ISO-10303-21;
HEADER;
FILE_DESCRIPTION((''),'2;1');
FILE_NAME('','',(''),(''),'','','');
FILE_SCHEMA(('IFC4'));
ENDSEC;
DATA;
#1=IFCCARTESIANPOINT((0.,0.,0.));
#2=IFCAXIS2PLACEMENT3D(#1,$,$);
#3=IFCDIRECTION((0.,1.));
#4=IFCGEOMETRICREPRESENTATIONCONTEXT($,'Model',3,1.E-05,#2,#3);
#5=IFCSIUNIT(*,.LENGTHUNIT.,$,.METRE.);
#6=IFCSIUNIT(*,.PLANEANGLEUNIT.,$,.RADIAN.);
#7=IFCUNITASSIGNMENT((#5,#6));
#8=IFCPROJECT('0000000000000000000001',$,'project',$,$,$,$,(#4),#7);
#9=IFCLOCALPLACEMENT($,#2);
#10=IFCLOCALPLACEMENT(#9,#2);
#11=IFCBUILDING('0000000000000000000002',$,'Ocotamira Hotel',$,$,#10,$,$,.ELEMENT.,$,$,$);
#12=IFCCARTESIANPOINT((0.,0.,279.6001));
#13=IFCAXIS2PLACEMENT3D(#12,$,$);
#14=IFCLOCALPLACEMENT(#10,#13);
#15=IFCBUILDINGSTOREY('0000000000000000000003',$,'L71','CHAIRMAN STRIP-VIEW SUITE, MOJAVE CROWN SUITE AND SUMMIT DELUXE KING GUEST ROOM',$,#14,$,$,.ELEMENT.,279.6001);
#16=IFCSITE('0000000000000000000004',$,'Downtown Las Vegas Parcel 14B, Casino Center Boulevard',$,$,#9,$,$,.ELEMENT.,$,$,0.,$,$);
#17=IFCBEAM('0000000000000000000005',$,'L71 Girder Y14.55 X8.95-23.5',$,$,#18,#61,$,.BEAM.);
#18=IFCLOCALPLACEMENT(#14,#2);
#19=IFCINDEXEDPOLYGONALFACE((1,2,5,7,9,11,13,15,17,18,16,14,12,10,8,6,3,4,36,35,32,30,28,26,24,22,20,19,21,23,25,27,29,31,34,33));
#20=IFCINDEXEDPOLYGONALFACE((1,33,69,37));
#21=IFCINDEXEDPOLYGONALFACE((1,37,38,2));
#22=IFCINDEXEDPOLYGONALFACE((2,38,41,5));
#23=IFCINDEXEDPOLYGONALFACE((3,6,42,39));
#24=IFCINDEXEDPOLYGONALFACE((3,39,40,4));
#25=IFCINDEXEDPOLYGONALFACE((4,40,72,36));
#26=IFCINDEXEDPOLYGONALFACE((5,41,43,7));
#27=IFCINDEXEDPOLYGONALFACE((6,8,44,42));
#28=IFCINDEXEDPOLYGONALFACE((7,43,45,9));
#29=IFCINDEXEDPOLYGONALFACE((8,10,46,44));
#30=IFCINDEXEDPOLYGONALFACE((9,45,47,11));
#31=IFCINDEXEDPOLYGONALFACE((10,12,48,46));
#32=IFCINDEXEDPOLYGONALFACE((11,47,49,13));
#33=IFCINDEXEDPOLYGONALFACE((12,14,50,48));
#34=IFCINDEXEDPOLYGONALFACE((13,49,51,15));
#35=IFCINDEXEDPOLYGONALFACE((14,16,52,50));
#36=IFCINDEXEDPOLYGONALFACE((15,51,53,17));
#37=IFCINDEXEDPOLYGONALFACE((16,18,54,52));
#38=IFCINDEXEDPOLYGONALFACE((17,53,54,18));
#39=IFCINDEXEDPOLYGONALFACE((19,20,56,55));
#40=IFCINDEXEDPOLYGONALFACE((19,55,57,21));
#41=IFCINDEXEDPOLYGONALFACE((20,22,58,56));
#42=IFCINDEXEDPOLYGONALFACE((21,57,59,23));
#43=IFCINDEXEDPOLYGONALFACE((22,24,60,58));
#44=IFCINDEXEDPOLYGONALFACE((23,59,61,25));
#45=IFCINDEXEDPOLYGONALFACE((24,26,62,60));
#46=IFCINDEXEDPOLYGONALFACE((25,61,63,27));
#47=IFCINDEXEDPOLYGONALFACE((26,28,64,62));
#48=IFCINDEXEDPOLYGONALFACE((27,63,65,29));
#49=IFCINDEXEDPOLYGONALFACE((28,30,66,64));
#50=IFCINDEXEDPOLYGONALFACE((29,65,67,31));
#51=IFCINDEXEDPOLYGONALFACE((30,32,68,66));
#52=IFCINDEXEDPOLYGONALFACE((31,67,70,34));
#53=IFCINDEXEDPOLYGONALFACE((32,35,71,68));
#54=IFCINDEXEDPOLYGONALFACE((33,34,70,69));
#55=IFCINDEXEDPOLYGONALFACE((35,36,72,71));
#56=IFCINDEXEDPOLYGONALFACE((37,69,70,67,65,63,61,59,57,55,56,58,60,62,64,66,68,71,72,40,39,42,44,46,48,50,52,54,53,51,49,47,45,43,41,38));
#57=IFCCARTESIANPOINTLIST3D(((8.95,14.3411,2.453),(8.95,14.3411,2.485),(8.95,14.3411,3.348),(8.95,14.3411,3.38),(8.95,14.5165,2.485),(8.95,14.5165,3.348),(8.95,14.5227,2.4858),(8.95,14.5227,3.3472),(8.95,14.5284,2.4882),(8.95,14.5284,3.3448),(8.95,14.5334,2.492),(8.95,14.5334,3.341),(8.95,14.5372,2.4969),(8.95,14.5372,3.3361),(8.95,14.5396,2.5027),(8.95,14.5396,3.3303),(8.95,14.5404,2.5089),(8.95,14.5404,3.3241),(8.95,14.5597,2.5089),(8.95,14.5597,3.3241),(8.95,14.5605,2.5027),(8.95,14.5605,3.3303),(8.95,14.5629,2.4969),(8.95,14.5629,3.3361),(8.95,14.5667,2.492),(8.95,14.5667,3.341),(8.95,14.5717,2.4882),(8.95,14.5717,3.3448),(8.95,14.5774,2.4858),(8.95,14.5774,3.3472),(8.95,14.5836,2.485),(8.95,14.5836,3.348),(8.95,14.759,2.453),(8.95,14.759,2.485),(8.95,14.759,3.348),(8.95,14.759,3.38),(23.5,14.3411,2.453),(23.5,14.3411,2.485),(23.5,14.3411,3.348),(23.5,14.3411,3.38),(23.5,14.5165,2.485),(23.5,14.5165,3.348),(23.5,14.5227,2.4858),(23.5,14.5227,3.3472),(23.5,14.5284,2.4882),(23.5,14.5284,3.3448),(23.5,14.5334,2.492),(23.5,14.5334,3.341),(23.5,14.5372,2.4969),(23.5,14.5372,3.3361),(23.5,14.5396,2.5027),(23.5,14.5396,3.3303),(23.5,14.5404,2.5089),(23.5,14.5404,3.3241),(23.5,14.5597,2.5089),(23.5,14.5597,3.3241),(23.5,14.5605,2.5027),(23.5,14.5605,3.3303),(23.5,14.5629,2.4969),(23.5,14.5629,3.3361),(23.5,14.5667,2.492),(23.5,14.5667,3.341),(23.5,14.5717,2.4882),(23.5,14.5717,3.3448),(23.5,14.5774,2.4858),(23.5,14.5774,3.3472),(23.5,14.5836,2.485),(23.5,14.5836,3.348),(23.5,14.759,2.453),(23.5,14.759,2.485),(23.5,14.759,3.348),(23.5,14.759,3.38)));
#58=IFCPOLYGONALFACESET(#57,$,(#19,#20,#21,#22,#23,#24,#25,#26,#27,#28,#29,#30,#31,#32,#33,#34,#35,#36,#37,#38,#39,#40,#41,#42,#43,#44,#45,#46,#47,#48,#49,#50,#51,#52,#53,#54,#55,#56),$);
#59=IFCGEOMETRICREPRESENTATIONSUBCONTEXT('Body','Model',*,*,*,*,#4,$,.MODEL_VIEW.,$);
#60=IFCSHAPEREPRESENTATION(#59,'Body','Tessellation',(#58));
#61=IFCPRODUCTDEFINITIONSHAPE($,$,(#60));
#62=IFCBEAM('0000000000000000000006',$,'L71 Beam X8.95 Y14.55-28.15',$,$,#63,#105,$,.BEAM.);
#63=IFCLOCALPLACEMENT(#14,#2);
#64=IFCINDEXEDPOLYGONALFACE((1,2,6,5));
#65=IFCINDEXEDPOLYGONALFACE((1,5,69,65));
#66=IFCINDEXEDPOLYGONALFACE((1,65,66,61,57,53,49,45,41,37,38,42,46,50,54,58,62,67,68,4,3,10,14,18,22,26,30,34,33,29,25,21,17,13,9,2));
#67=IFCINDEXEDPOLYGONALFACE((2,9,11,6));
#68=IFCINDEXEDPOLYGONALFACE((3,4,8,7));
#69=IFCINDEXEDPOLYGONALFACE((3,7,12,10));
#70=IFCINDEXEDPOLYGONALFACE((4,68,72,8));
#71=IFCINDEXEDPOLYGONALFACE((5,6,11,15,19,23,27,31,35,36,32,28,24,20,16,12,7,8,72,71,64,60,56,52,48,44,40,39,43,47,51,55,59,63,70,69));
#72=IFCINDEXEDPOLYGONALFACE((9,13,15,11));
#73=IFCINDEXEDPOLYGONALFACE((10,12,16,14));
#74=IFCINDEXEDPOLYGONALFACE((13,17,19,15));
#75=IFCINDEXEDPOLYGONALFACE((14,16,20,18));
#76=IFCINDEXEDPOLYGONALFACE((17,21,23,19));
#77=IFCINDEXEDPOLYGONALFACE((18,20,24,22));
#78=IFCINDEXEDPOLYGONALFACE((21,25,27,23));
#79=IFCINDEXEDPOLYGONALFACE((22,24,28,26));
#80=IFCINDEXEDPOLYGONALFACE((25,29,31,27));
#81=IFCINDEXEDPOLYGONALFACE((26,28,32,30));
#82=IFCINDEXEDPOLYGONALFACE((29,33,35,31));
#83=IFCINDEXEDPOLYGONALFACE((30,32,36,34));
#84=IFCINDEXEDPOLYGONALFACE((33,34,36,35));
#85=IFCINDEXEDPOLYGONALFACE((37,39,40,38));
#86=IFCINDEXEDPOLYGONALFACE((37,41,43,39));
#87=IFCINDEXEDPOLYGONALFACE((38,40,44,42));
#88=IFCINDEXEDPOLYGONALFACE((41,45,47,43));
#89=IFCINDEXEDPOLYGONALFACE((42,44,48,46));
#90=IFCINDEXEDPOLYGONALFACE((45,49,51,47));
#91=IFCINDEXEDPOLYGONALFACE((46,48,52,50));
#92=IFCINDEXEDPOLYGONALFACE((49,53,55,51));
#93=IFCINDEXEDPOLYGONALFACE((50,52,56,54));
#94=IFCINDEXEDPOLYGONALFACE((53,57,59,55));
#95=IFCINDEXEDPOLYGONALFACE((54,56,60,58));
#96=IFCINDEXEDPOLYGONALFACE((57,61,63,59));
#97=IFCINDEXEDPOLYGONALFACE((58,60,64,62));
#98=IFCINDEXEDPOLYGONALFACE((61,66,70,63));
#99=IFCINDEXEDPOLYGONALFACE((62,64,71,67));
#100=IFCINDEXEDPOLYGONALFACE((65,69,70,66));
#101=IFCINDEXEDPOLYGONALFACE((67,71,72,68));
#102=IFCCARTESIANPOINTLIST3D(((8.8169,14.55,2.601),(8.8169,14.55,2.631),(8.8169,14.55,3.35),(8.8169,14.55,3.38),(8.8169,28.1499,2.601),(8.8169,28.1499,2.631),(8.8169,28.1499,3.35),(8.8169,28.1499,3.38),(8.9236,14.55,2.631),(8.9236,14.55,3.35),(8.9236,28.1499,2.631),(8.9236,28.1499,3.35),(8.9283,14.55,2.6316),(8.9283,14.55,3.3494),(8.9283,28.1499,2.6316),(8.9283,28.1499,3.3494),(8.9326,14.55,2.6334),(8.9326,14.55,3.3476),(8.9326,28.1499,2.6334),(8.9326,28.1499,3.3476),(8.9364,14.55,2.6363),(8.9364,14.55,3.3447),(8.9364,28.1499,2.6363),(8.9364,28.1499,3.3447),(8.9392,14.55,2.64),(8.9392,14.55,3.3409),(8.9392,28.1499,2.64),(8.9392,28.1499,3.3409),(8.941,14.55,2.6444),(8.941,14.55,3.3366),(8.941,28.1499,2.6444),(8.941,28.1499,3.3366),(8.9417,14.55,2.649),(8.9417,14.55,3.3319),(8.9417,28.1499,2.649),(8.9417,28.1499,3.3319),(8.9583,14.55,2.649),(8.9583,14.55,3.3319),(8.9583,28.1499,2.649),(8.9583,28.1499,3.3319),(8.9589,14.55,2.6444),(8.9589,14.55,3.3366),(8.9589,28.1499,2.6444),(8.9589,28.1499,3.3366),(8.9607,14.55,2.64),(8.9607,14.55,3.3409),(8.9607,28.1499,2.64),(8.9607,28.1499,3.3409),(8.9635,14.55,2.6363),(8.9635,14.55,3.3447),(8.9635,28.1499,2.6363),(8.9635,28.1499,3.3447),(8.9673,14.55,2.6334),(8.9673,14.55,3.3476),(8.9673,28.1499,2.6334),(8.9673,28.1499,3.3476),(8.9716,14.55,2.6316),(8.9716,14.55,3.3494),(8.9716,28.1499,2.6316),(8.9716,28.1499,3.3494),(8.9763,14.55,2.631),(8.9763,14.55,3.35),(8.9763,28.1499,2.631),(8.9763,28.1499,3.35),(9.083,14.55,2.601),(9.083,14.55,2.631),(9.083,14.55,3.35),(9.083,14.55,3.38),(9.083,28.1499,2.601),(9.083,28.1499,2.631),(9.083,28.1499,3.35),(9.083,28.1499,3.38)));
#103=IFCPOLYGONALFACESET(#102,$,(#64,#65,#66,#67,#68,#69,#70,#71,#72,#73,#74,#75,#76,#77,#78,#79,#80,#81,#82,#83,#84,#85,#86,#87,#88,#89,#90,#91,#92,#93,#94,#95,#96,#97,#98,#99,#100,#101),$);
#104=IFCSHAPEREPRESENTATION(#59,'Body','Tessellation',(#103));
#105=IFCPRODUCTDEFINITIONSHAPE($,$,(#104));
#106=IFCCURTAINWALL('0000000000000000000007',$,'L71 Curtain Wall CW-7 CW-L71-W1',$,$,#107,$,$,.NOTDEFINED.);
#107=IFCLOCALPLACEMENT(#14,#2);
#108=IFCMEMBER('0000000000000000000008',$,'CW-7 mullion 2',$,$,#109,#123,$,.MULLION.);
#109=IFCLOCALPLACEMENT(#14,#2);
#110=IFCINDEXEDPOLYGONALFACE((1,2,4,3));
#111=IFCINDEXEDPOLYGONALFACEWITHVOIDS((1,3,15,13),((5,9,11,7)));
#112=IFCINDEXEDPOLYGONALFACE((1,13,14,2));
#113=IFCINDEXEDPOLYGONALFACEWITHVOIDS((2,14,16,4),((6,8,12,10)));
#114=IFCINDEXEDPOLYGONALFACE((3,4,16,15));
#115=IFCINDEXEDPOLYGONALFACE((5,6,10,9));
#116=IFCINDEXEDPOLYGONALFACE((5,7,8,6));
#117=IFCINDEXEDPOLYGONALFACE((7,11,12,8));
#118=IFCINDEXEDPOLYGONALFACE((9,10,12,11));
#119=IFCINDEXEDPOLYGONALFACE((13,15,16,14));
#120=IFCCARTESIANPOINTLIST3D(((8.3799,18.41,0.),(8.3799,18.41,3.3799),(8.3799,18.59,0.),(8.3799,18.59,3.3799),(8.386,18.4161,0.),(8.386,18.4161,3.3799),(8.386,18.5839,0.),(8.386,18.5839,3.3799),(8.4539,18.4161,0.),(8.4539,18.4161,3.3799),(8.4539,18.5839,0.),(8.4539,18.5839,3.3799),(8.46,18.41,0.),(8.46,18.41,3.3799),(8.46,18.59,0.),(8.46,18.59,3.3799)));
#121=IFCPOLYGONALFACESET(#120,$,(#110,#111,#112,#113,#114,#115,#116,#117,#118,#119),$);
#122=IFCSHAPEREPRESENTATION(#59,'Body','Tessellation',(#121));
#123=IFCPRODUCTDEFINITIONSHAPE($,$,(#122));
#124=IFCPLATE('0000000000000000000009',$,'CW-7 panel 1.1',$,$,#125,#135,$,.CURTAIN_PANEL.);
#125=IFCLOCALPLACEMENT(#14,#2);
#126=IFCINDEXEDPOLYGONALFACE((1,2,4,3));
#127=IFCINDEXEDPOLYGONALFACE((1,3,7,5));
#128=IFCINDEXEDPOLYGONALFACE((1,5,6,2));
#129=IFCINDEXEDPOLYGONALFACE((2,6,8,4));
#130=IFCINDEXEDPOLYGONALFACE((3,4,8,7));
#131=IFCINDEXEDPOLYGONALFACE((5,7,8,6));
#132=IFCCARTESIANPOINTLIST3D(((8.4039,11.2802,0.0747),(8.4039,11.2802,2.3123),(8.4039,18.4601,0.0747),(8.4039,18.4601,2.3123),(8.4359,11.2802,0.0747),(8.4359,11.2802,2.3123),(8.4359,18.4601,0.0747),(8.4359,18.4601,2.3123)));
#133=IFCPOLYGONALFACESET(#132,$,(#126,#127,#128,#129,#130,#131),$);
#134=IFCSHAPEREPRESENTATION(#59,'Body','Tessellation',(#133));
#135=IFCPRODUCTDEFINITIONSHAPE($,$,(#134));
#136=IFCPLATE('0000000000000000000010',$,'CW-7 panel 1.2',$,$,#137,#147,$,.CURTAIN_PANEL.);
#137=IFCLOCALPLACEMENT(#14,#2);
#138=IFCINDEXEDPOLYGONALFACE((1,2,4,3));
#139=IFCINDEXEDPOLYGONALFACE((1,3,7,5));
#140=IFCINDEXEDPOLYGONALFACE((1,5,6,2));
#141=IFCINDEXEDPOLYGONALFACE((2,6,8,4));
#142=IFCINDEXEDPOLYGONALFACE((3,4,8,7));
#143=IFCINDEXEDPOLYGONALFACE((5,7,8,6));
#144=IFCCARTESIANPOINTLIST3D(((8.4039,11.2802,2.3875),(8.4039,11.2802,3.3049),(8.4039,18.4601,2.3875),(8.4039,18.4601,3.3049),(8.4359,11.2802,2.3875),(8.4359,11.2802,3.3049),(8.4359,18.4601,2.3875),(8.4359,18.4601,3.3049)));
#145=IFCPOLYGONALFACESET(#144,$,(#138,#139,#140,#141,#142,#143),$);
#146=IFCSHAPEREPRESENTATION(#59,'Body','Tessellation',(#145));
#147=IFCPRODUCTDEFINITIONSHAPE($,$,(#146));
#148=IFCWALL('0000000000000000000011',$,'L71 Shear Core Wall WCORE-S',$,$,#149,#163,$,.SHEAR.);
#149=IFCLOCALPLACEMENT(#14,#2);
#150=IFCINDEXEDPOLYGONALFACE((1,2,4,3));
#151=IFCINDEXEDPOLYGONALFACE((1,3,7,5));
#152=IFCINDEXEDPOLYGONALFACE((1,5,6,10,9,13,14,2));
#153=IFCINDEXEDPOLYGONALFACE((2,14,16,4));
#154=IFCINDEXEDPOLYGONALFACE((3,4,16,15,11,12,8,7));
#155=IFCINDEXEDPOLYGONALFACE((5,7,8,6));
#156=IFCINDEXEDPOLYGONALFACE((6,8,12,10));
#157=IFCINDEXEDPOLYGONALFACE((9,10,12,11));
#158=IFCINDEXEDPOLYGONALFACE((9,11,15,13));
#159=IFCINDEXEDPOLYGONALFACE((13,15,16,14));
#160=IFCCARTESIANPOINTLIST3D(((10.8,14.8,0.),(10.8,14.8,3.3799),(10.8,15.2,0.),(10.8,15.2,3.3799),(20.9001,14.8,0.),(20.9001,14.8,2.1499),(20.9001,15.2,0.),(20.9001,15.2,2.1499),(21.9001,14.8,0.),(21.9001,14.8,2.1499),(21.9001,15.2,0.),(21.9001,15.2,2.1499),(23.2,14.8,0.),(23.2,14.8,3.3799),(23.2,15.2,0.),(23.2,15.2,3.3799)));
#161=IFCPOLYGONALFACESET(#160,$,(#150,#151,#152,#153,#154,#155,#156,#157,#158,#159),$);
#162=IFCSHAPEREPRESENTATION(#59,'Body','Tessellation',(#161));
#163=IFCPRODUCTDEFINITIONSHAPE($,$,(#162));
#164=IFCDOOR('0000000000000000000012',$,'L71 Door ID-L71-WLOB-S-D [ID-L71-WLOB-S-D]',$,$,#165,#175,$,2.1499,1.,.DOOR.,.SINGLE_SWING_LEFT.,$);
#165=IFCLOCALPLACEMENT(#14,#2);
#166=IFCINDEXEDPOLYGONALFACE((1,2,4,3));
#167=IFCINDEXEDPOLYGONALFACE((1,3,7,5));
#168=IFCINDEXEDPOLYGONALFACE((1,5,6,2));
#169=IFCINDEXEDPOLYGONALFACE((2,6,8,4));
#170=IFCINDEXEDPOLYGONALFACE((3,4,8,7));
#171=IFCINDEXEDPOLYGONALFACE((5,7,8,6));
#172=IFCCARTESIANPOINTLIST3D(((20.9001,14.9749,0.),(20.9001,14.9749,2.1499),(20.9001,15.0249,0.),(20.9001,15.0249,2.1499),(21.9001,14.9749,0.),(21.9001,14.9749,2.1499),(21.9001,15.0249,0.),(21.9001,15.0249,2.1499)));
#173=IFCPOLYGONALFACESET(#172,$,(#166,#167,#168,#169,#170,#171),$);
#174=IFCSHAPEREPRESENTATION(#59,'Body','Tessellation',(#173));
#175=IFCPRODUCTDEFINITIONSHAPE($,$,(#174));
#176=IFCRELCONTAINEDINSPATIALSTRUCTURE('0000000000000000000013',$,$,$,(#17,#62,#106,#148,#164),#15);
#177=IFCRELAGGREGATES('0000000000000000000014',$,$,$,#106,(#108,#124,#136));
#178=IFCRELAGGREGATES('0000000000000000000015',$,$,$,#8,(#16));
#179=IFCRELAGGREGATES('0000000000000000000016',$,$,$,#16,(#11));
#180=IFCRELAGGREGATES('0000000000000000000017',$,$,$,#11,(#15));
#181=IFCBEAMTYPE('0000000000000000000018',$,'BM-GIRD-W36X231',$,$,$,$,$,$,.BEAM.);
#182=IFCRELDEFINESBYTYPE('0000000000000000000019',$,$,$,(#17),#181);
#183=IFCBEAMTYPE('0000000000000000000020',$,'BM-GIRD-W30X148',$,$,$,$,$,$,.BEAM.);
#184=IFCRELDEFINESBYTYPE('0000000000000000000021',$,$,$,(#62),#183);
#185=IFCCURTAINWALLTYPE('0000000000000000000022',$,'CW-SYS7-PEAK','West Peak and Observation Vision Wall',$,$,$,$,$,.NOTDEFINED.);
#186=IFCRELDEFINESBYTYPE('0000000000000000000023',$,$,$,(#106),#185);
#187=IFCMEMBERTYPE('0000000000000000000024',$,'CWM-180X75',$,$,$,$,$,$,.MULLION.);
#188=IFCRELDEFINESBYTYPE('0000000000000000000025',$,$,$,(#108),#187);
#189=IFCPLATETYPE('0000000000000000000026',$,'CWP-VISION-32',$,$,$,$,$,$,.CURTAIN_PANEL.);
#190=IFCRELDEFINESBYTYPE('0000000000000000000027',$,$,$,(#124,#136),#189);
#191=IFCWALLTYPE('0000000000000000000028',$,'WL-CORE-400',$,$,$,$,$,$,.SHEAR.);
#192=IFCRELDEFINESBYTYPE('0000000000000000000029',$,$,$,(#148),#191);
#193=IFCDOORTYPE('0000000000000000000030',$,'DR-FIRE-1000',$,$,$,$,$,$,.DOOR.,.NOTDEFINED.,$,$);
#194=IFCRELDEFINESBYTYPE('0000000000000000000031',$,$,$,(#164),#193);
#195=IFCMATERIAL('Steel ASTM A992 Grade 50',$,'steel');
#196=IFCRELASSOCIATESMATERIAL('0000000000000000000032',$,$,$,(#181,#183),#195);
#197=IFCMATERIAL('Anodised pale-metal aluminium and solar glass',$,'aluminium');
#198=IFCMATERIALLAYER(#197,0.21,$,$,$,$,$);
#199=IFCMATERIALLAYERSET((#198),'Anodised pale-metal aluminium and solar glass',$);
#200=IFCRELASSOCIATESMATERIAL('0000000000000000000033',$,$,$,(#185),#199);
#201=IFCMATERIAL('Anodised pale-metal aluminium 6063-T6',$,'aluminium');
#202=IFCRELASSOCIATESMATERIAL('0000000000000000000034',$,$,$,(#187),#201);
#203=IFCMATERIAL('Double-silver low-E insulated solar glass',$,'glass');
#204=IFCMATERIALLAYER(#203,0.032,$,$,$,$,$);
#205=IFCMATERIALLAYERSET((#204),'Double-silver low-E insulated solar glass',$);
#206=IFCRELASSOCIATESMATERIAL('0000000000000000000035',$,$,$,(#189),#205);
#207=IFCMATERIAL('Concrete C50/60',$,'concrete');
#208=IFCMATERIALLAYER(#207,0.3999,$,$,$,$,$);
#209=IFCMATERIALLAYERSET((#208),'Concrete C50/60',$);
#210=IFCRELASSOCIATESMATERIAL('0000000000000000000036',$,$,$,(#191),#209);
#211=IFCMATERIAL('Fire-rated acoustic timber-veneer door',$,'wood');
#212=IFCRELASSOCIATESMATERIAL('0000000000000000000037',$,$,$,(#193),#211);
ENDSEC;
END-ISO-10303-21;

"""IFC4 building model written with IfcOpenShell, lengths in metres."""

from ifc_helpers import new_model, si_unit, direction, frame, frame_2d, origin, origin_2d, place, context, subcontext, project, spatial, rectangle, hollow_rectangle, i_section, extrude, source, transform, mapped, material, layer, layer_set, material_profile, profile_set, type_object, element, fill, aggregate, save


model = new_model("IFC4")

# Units and contexts
model_context = context("Model", 3, precision=1e-05, world=origin(), true_north=direction((0.0, 1.0)))
body_context = subcontext(model_context, "Body", "Model", "MODEL_VIEW")
ifc_project = project(units=[si_unit("LENGTHUNIT", "METRE"), si_unit("PLANEANGLEUNIT", "RADIAN")], contexts=[model_context])

# Site, building, storey
site_placement = place(None, origin())
site = spatial("IfcSite", under=ifc_project, at=site_placement, Name="Downtown Las Vegas Parcel 14B, Casino Center Boulevard", CompositionType="ELEMENT", RefElevation=0.0)
building_placement = place(site_placement, origin())
building = spatial("IfcBuilding", under=site, at=building_placement, Name="Ocotamira Hotel", CompositionType="ELEMENT")
storey_placement = place(building_placement, frame((0.0, 0.0, 279.6001)))
storey = spatial("IfcBuildingStorey", under=building, at=storey_placement, Name="L71", Description="CHAIRMAN STRIP-VIEW SUITE, MOJAVE CROWN SUITE AND SUMMIT DELUXE KING GUEST ROOM", CompositionType="ELEMENT", Elevation=279.6001)

# Beams
ifc_material_1 = material(Name="Steel ASTM A992 Grade 50", Category="steel")
ifc_material_profile_1 = material_profile(ifc_material_1, i_section(OverallWidth=0.418, OverallDepth=0.927, WebThickness=0.0193, FlangeThickness=0.032, FilletRadius=0.0239, at=origin_2d()), Name="W36X231")
ifc_profile_set_1 = profile_set([ifc_material_profile_1], Name="Steel ASTM A992 Grade 50")
beam_type_1 = type_object("IfcBeamType", Name="BM-GIRD-W36X231", PredefinedType="BEAM", material=ifc_profile_set_1)
shared_shape_1 = source(origin(), body_context, "Body", "SweptSolid", [
    extrude(i_section(OverallWidth=0.418, OverallDepth=0.927, WebThickness=0.0193, FlangeThickness=0.032, FilletRadius=0.0239, at=origin_2d()), origin(), (0.0, 0.0, 1.0), 14.55),
])
beam_1_placement = place(storey_placement, frame((8.95, 14.55, 2.9165), z_axis=(1.0, 0.0, 0.0), x_axis=(0.0, 1.0, 0.0)))
element("IfcBeam", 1, at=beam_1_placement, inside=storey, type_object=beam_type_1, Name="L71 Girder Y14.55 X8.95-23.5", PredefinedType="BEAM", context=body_context, shape_type="MappedRepresentation", body=[
    mapped(shared_shape_1, transform((0.0, 0.0, 0.0), scale=1.0)),
])
ifc_material_profile_2 = material_profile(ifc_material_1, i_section(OverallWidth=0.2661, OverallDepth=0.7791, WebThickness=0.0166, FlangeThickness=0.03, FilletRadius=0.0181, at=origin_2d()), Name="W30X148")
ifc_profile_set_2 = profile_set([ifc_material_profile_2], Name="Steel ASTM A992 Grade 50")
beam_type_2 = type_object("IfcBeamType", Name="BM-GIRD-W30X148", PredefinedType="BEAM", material=ifc_profile_set_2)
shared_shape_2 = source(origin(), body_context, "Body", "SweptSolid", [
    extrude(i_section(OverallWidth=0.2661, OverallDepth=0.7791, WebThickness=0.0166, FlangeThickness=0.03, FilletRadius=0.0181, at=origin_2d()), origin(), (0.0, 0.0, 1.0), 13.5999),
])
beam_2_placement = place(storey_placement, frame((8.95, 14.55, 2.9905), z_axis=(0.0, 1.0, 0.0), x_axis=(-1.0, 0.0, 0.0)))
element("IfcBeam", 2, at=beam_2_placement, inside=storey, type_object=beam_type_2, Name="L71 Beam X8.95 Y14.55-28.15", PredefinedType="BEAM", context=body_context, shape_type="MappedRepresentation", body=[
    mapped(shared_shape_2, transform((0.0, 0.0, 0.0), scale=1.0)),
])

# Curtain wall, member, plates
ifc_material_2 = material(Name="Anodised pale-metal aluminium and solar glass", Category="aluminium")
ifc_layer_1 = layer(ifc_material_2, 0.21)
ifc_layer_set_1 = layer_set([ifc_layer_1], Name="Anodised pale-metal aluminium and solar glass")
curtain_wall_type = type_object("IfcCurtainWallType", Name="CW-SYS7-PEAK", Description="West Peak and Observation Vision Wall", PredefinedType="NOTDEFINED", material=ifc_layer_set_1)
curtain_wall_placement = place(storey_placement, origin())
curtain_wall = element("IfcCurtainWall", 3, at=curtain_wall_placement, inside=storey, type_object=curtain_wall_type, Name="L71 Curtain Wall CW-7 CW-L71-W1", PredefinedType="NOTDEFINED")
ifc_material_3 = material(Name="Anodised pale-metal aluminium 6063-T6", Category="aluminium")
ifc_material_profile_3 = material_profile(ifc_material_3, hollow_rectangle(XDim=0.0801, YDim=0.1799, WallThickness=0.0061, at=origin_2d()), Name="HSS180X80X6")
ifc_profile_set_3 = profile_set([ifc_material_profile_3], Name="Anodised pale-metal aluminium 6063-T6")
member_type = type_object("IfcMemberType", Name="CWM-180X75", PredefinedType="MULLION", material=ifc_profile_set_3)
shared_shape_3 = source(origin(), body_context, "Body", "SweptSolid", [
    extrude(hollow_rectangle(XDim=0.0801, YDim=0.1799, WallThickness=0.0061, at=origin_2d()), origin(), (0.0, 0.0, 1.0), 3.3799),
])
member_placement = place(storey_placement, frame((8.4199, 18.5, 0.0), z_axis=(0.0, 0.0, 1.0), x_axis=(-1.0, 0.0, 0.0)))
member = element("IfcMember", 4, at=member_placement, type_object=member_type, Name="CW-7 mullion 2", PredefinedType="MULLION", context=body_context, shape_type="MappedRepresentation", body=[
    mapped(shared_shape_3, transform((0.0, 0.0, 0.0), scale=1.0)),
])
ifc_material_4 = material(Name="Double-silver low-E insulated solar glass", Category="glass")
ifc_layer_2 = layer(ifc_material_4, 0.032)
ifc_layer_set_2 = layer_set([ifc_layer_2], Name="Double-silver low-E insulated solar glass")
plate_type = type_object("IfcPlateType", Name="CWP-VISION-32", PredefinedType="CURTAIN_PANEL", material=ifc_layer_set_2)
shared_shape_4 = source(origin(), body_context, "Body", "SweptSolid", [
    extrude(rectangle(XDim=7.1799, YDim=0.032, at=origin_2d()), origin(), (0.0, 0.0, 1.0), 2.2375),
])
plate_1_placement = place(storey_placement, frame((8.4199, 14.8701, 0.0747), z_axis=(0.0, 0.0, 1.0), x_axis=(0.0, 1.0, 0.0)))
plate_1 = element("IfcPlate", 5, at=plate_1_placement, type_object=plate_type, Name="CW-7 panel 1.1", PredefinedType="CURTAIN_PANEL", context=body_context, shape_type="MappedRepresentation", body=[
    mapped(shared_shape_4, transform((0.0, 0.0, 0.0), scale=1.0)),
])
shared_shape_5 = source(origin(), body_context, "Body", "SweptSolid", [
    extrude(rectangle(XDim=7.1799, YDim=0.032, at=origin_2d()), origin(), (0.0, 0.0, 1.0), 0.9175),
])
plate_2_placement = place(storey_placement, frame((8.4199, 14.8701, 2.3875), z_axis=(0.0, 0.0, 1.0), x_axis=(0.0, 1.0, 0.0)))
plate_2 = element("IfcPlate", 6, at=plate_2_placement, type_object=plate_type, Name="CW-7 panel 1.2", PredefinedType="CURTAIN_PANEL", context=body_context, shape_type="MappedRepresentation", body=[
    mapped(shared_shape_5, transform((0.0, 0.0, 0.0), scale=1.0)),
])
aggregate(curtain_wall, [member, plate_1, plate_2])

# Wall, opening, door
ifc_material_5 = material(Name="Concrete C50/60", Category="concrete")
ifc_layer_3 = layer(ifc_material_5, 0.3999)
ifc_layer_set_3 = layer_set([ifc_layer_3], Name="Concrete C50/60")
wall_type_1 = type_object("IfcWallType", Name="WL-CORE-400", PredefinedType="SHEAR", material=ifc_layer_set_3)
wall_1_placement = place(storey_placement, frame((10.8, 15.0, 0.0), z_axis=(0.0, 0.0, 1.0), x_axis=(1.0, 0.0, 0.0)))
wall_1 = element("IfcWall", 7, at=wall_1_placement, inside=storey, type_object=wall_type_1, Name="L71 Shear Core Wall WCORE-S", PredefinedType="SHEAR", context=body_context, shape_type="SweptSolid", body=[
    extrude(rectangle(XDim=12.3999, YDim=0.3999, at=frame_2d((6.2, 0.0))), origin(), (0.0, 0.0, 1.0), 3.3799),
])
opening_1_placement = place(wall_1_placement, frame((10.1001, 0.0, 0.0)))
opening_1 = element("IfcOpeningElement", 8, at=opening_1_placement, cuts=wall_1, PredefinedType="OPENING", context=body_context, shape_type="SweptSolid", body=[
    extrude(rectangle(XDim=1.0, YDim=2.1499, at=frame_2d((0.5, 1.075))), frame((0.0, 0.21, 0.0), z_axis=(0.0, -1.0, 0.0), x_axis=(1.0, 0.0, 0.0)), (0.0, 0.0, 1.0), 0.4199),
])
ifc_material_6 = material(Name="Fire-rated acoustic timber-veneer door", Category="wood")
door_type_1 = type_object("IfcDoorType", Name="DR-FIRE-1000", OperationType="NOTDEFINED", PredefinedType="DOOR", material=ifc_material_6)
shared_shape_6 = source(origin(), body_context, "Body", "SweptSolid", [
    extrude(rectangle(XDim=1.0, YDim=2.1499, at=frame_2d((0.5, 1.075))), frame((0.0, 0.0249, 0.0), z_axis=(0.0, -1.0, 0.0), x_axis=(1.0, 0.0, 0.0)), (0.0, 0.0, 1.0), 0.05),
])
door_1_placement = place(opening_1_placement, origin())
door_1 = element("IfcDoor", 9, at=door_1_placement, inside=storey, type_object=door_type_1, Name="L71 Door ID-L71-WLOB-S-D [ID-L71-WLOB-S-D]", OperationType="SINGLE_SWING_LEFT", OverallHeight=2.1499, OverallWidth=1.0, PredefinedType="DOOR", context=body_context, shape_type="MappedRepresentation", body=[
    mapped(shared_shape_6, transform((0.0, 0.0, 0.0), scale=1.0)),
])
fill(opening_1, door_1)

save(model, "model.ifc")
